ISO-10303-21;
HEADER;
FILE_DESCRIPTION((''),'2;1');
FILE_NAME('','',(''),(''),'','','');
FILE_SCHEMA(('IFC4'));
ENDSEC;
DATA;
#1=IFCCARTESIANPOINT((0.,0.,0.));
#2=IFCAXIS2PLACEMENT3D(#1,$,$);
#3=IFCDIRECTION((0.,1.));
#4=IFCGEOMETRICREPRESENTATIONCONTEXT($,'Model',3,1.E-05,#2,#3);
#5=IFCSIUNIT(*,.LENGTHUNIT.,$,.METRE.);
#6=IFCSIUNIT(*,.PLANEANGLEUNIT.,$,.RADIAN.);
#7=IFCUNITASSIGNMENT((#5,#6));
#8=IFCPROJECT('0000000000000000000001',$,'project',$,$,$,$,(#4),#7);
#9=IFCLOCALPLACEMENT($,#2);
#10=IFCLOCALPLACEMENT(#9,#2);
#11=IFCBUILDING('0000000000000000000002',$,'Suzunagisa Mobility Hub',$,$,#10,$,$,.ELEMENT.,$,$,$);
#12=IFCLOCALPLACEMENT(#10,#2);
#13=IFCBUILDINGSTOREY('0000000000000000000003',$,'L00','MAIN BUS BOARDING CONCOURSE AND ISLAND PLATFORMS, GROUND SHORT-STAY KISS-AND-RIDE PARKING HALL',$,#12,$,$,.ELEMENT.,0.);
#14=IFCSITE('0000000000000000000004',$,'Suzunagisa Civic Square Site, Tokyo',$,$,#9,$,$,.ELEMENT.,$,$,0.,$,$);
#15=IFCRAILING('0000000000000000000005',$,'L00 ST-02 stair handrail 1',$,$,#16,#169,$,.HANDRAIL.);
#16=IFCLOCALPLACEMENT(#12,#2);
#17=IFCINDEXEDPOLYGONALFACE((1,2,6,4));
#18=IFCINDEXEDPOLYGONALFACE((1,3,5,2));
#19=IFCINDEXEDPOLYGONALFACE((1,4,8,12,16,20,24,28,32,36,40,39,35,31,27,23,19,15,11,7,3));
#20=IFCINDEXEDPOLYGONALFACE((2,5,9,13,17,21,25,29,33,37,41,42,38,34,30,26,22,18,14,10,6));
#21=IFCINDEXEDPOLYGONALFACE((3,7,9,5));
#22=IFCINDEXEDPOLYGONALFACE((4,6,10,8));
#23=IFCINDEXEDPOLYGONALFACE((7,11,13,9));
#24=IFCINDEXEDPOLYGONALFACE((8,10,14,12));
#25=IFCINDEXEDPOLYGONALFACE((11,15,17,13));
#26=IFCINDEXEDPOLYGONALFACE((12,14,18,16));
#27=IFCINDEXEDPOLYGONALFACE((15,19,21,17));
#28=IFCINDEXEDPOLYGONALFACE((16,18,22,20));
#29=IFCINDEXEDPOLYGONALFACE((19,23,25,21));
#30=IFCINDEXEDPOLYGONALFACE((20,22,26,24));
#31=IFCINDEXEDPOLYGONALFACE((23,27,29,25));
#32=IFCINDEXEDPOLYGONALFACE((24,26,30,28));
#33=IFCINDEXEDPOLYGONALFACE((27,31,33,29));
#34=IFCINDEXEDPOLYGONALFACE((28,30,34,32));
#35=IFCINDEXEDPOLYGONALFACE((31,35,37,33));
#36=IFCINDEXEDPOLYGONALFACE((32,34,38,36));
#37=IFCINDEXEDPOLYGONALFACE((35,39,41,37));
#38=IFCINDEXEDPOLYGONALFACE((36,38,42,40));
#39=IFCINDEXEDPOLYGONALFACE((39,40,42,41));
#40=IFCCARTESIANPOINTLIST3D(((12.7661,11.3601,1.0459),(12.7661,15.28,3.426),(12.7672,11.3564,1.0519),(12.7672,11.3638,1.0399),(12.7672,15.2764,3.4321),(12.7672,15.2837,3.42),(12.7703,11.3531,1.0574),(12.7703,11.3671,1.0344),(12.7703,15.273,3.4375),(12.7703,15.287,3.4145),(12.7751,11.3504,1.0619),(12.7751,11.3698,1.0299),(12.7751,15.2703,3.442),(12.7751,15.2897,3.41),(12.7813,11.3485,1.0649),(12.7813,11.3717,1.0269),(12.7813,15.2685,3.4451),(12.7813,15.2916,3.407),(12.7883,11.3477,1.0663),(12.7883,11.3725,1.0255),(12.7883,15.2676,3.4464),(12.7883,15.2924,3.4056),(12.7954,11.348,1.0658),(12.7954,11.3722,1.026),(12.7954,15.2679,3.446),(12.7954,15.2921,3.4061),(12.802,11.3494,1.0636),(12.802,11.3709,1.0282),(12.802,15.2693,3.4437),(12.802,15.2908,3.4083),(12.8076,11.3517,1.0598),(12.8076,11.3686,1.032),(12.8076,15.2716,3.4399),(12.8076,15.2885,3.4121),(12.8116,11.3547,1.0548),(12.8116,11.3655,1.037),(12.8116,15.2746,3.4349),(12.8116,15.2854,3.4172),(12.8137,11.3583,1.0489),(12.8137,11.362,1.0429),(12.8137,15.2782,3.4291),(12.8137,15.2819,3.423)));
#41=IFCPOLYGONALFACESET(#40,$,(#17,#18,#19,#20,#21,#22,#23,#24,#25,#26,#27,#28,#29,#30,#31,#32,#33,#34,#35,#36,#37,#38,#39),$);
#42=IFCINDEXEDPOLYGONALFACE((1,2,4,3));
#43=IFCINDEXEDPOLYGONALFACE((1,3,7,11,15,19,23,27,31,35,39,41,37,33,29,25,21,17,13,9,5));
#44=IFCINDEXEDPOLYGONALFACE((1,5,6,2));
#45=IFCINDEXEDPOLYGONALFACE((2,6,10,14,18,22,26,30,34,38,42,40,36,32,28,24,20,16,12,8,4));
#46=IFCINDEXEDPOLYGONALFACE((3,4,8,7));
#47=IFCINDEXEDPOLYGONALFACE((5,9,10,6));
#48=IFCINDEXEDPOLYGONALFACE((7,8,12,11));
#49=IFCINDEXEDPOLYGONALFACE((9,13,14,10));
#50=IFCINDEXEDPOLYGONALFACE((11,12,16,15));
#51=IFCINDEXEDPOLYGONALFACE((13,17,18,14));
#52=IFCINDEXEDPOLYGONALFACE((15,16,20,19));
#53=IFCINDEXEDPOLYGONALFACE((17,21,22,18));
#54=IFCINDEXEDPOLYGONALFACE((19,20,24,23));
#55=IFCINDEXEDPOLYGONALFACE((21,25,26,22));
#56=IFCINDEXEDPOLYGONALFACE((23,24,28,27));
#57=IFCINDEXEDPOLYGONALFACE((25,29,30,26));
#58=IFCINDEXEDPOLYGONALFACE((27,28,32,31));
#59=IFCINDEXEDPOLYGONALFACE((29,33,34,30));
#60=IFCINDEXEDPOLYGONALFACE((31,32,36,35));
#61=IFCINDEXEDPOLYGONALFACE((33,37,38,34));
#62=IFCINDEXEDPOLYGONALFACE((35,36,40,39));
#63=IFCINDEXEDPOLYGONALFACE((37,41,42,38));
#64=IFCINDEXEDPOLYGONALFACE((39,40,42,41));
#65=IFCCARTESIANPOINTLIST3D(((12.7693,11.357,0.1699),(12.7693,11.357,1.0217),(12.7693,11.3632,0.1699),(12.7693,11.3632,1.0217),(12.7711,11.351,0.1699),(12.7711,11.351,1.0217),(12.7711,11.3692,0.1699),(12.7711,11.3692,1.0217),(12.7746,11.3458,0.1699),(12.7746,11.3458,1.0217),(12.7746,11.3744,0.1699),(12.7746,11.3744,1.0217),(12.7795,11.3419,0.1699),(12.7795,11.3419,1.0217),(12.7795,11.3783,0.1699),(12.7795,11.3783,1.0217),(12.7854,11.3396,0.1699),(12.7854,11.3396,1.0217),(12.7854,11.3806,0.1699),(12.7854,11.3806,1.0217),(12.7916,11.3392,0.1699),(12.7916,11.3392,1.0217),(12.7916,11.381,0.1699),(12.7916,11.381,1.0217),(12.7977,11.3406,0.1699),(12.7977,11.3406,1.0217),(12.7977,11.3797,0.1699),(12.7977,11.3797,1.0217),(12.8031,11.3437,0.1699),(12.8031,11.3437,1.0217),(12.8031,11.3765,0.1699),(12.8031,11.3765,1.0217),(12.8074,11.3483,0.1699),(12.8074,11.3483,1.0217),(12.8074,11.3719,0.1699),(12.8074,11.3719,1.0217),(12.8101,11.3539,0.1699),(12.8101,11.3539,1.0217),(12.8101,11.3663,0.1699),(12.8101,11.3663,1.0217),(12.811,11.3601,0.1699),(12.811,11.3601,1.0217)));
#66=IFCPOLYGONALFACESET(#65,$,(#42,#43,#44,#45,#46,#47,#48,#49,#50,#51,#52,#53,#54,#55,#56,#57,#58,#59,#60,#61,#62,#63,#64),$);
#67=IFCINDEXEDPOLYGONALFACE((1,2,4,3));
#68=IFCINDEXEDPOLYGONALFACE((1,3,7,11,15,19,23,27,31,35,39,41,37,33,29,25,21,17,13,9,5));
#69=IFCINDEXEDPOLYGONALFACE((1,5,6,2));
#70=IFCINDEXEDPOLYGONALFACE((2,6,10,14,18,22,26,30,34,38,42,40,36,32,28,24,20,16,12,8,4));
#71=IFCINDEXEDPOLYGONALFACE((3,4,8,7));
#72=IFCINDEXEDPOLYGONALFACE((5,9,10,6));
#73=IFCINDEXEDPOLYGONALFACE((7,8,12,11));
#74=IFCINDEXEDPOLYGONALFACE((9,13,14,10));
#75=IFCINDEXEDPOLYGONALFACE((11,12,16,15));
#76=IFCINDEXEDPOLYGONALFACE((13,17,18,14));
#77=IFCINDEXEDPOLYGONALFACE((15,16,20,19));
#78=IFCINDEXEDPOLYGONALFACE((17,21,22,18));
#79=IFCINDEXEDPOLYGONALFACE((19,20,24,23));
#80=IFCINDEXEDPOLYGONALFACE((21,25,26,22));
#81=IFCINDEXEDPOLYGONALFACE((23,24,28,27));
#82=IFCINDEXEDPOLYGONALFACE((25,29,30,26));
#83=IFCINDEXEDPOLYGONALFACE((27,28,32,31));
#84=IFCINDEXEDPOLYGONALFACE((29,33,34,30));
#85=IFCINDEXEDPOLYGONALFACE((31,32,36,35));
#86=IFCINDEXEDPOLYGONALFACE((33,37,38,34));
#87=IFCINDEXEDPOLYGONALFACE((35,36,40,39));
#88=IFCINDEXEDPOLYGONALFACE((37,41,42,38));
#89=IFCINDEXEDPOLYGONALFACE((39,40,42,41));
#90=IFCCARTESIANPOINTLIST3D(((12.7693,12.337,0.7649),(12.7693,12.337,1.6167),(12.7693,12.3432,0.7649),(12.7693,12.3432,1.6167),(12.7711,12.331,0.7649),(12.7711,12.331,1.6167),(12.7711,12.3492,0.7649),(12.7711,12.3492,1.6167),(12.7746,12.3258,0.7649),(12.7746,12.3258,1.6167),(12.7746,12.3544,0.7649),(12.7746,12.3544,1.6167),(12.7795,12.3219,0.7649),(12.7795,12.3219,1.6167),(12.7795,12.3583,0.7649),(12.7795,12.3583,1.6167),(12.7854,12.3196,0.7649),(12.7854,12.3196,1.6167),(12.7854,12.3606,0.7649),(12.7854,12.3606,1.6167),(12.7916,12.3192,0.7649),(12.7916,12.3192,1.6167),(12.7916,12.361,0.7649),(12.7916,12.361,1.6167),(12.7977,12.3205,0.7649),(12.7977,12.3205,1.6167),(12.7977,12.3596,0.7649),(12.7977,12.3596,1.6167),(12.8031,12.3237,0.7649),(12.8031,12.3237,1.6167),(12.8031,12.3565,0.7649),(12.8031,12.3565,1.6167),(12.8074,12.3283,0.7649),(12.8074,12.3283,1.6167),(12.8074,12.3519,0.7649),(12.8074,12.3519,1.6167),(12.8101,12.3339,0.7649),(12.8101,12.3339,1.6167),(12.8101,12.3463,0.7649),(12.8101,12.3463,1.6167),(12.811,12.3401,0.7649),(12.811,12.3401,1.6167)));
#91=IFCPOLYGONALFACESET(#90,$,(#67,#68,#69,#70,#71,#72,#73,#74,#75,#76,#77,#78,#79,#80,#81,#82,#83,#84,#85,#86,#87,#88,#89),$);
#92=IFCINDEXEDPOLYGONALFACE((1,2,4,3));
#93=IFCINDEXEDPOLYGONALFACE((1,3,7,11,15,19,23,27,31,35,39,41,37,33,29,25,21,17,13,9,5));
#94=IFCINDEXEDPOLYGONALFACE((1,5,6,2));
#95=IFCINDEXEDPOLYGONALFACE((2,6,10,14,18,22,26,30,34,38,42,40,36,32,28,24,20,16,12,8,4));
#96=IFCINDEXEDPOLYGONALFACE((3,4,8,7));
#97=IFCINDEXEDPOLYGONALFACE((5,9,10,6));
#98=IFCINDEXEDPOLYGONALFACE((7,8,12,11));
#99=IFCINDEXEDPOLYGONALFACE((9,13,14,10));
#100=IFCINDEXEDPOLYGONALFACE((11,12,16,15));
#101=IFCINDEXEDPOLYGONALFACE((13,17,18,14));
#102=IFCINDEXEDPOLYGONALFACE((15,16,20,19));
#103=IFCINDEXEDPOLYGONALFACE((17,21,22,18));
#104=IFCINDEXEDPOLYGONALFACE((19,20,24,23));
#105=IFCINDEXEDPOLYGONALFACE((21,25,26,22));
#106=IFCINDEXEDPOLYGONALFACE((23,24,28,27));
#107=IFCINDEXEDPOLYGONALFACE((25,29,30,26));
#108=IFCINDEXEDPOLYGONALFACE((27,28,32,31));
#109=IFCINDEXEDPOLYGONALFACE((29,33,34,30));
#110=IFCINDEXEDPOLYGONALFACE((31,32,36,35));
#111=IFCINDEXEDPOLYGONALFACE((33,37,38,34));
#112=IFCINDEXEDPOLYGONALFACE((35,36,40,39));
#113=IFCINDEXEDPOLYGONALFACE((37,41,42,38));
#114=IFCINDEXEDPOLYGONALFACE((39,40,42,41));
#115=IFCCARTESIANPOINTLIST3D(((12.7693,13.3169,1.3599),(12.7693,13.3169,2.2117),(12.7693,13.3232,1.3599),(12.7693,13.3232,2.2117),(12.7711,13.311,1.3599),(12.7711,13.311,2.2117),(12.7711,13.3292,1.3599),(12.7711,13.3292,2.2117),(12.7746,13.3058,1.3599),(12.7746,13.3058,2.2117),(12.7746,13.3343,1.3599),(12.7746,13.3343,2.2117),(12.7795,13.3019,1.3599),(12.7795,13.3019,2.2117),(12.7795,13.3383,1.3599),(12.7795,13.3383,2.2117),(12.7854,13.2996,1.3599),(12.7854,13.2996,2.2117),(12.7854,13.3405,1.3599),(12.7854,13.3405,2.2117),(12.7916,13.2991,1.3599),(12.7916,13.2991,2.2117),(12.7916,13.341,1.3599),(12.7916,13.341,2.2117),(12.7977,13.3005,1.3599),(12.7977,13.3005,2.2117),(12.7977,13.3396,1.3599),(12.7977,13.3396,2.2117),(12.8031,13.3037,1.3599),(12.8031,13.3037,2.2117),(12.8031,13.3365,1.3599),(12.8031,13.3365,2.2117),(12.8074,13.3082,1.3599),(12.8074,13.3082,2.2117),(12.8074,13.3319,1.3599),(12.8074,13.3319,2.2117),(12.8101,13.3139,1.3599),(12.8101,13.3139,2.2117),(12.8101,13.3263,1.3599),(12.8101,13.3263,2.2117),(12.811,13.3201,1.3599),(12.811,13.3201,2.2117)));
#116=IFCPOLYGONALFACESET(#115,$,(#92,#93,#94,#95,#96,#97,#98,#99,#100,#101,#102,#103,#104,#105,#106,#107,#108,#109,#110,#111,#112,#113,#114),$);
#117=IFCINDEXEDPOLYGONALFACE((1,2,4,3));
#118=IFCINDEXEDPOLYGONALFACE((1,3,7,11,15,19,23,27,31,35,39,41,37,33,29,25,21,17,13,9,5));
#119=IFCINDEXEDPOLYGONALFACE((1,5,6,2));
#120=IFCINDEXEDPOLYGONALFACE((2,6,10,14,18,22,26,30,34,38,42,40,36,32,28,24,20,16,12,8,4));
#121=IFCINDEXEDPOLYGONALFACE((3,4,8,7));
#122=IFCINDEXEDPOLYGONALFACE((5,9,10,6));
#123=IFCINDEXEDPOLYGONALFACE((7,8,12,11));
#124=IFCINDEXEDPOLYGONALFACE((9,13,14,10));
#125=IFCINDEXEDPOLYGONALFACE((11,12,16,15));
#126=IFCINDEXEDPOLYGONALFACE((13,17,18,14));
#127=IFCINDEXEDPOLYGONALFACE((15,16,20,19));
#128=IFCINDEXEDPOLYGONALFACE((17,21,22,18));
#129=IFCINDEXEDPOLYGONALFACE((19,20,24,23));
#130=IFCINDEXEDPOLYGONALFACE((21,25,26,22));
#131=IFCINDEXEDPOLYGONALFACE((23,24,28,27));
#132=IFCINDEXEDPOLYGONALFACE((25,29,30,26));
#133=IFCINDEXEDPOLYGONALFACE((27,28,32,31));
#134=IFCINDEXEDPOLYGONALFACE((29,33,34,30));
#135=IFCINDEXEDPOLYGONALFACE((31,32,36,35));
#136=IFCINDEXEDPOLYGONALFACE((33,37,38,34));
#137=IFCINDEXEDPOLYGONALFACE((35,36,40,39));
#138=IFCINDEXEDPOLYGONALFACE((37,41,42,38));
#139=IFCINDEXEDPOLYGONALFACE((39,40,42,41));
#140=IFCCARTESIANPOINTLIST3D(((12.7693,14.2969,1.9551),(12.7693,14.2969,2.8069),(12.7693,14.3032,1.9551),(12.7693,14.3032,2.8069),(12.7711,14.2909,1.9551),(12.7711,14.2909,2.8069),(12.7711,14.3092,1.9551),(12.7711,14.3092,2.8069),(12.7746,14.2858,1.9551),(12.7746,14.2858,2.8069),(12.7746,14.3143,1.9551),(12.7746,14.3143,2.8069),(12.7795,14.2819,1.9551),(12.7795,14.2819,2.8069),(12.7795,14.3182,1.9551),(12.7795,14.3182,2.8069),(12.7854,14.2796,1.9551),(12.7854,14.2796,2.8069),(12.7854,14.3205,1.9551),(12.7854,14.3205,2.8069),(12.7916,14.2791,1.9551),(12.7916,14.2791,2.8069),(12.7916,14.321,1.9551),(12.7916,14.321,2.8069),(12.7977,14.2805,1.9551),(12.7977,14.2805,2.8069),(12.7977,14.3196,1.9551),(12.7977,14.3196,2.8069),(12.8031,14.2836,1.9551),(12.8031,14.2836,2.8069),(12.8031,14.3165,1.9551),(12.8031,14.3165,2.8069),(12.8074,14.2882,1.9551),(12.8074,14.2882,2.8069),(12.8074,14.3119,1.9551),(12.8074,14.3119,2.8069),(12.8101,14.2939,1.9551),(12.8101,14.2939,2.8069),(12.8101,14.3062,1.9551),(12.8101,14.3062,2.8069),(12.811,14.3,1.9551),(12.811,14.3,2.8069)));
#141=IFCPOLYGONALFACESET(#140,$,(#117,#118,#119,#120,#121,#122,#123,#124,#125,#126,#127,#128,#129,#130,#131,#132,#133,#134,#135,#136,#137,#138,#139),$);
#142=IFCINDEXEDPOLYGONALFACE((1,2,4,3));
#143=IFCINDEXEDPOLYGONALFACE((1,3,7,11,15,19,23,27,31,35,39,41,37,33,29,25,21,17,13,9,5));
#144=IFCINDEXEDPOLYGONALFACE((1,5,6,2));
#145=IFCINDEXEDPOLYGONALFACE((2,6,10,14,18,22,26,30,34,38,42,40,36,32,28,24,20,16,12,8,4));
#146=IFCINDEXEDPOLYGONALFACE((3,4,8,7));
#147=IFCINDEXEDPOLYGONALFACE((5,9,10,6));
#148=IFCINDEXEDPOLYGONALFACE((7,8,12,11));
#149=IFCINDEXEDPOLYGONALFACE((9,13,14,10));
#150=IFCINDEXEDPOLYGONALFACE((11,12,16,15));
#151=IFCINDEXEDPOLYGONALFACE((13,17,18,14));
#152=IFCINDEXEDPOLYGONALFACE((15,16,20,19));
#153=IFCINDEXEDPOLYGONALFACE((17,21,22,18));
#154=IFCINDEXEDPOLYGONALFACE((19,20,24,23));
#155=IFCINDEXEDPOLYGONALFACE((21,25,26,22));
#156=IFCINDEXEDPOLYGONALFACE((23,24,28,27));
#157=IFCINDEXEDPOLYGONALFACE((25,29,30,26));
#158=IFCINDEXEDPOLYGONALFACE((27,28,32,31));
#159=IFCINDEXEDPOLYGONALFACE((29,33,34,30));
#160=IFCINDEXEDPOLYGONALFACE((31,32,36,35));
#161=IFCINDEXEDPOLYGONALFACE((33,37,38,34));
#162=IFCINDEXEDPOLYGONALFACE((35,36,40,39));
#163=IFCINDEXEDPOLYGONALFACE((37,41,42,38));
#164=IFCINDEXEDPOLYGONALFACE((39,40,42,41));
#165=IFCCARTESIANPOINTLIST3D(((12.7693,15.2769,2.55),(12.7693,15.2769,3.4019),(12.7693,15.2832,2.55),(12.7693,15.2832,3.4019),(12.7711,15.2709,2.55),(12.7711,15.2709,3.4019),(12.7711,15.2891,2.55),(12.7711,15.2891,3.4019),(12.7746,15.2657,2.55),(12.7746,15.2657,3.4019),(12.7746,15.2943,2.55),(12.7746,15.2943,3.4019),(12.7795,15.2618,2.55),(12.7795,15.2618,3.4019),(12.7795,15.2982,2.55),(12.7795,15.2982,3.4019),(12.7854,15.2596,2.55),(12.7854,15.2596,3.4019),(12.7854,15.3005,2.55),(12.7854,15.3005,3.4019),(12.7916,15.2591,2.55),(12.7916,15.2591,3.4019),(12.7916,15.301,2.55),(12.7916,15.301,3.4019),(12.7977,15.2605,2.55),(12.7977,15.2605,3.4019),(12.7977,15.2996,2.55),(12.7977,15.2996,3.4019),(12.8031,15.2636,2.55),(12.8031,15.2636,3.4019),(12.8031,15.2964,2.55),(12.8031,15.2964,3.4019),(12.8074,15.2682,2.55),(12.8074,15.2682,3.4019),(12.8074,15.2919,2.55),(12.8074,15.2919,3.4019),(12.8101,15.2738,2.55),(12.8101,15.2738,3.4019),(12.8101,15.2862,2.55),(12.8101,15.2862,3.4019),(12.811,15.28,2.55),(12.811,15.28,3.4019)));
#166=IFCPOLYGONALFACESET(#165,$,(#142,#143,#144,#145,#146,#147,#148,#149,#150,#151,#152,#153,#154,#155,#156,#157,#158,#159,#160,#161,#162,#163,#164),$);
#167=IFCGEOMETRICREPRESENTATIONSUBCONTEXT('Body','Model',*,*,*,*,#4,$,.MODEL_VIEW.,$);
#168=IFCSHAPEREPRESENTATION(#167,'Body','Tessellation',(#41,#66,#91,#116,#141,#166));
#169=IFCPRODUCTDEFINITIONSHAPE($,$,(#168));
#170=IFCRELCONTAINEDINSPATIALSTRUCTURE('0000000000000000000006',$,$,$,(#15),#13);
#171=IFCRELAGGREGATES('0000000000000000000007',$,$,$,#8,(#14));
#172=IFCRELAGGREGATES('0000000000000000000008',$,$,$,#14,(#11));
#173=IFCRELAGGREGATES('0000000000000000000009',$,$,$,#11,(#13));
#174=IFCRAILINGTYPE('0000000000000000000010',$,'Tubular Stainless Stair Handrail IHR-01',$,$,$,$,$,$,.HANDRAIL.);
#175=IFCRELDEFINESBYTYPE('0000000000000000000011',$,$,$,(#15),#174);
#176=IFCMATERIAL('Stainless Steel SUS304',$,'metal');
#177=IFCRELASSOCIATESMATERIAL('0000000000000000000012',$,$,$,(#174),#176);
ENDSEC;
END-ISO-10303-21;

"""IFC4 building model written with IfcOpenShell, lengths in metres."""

from ifc_helpers import new_model, si_unit, direction, frame, origin, origin_2d, place, context, subcontext, project, spatial, circle, extrude, material, type_object, element, save


model = new_model("IFC4")

# Units and contexts
model_context = context("Model", 3, precision=1e-05, world=origin(), true_north=direction((0.0, 1.0)))
body_context = subcontext(model_context, "Body", "Model", "MODEL_VIEW")
ifc_project = project(units=[si_unit("LENGTHUNIT", "METRE"), si_unit("PLANEANGLEUNIT", "RADIAN")], contexts=[model_context])

# Site, building, storey
site_placement = place(None, origin())
site = spatial("IfcSite", under=ifc_project, at=site_placement, Name="Suzunagisa Civic Square Site, Tokyo", CompositionType="ELEMENT", RefElevation=0.0)
building_placement = place(site_placement, origin())
building = spatial("IfcBuilding", under=site, at=building_placement, Name="Suzunagisa Mobility Hub", CompositionType="ELEMENT")
storey_placement = place(building_placement, origin())
storey = spatial("IfcBuildingStorey", under=building, at=storey_placement, Name="L00", Description="MAIN BUS BOARDING CONCOURSE AND ISLAND PLATFORMS, GROUND SHORT-STAY KISS-AND-RIDE PARKING HALL", CompositionType="ELEMENT", Elevation=0.0)

# Railing
ifc_material_1 = material(Name="Stainless Steel SUS304", Category="metal")
railing_type_1 = type_object("IfcRailingType", Name="Tubular Stainless Stair Handrail IHR-01", PredefinedType="HANDRAIL", material=ifc_material_1)
railing_1_placement = place(storey_placement, frame((12.79, 11.3601, 0.1699)))
element("IfcRailing", 1, at=railing_1_placement, inside=storey, type_object=railing_type_1, Name="L00 ST-02 stair handrail 1", PredefinedType="HANDRAIL", context=body_context, shape_type="SweptSolid", body=[
    extrude(circle(Radius=0.0239, at=origin_2d()), frame((0.0, 0.0, 0.876), z_axis=(0.0, 0.854771, 0.519006), x_axis=(-1.0, 0.0, 0.0)), (0.0, 0.0, 1.0), 4.5859),
    extrude(circle(Radius=0.021, at=origin_2d()), origin(), (0.0, 0.0, 1.0), 0.8518),
    extrude(circle(Radius=0.021, at=origin_2d()), frame((0.0, 0.98, 0.595)), (0.0, 0.0, 1.0), 0.8518),
    extrude(circle(Radius=0.021, at=origin_2d()), frame((0.0, 1.96, 1.1899)), (0.0, 0.0, 1.0), 0.8518),
    extrude(circle(Radius=0.021, at=origin_2d()), frame((0.0, 2.9399, 1.7852)), (0.0, 0.0, 1.0), 0.8518),
    extrude(circle(Radius=0.021, at=origin_2d()), frame((0.0, 3.9199, 2.3801)), (0.0, 0.0, 1.0), 0.8518),
])

save(model, "model.ifc")
